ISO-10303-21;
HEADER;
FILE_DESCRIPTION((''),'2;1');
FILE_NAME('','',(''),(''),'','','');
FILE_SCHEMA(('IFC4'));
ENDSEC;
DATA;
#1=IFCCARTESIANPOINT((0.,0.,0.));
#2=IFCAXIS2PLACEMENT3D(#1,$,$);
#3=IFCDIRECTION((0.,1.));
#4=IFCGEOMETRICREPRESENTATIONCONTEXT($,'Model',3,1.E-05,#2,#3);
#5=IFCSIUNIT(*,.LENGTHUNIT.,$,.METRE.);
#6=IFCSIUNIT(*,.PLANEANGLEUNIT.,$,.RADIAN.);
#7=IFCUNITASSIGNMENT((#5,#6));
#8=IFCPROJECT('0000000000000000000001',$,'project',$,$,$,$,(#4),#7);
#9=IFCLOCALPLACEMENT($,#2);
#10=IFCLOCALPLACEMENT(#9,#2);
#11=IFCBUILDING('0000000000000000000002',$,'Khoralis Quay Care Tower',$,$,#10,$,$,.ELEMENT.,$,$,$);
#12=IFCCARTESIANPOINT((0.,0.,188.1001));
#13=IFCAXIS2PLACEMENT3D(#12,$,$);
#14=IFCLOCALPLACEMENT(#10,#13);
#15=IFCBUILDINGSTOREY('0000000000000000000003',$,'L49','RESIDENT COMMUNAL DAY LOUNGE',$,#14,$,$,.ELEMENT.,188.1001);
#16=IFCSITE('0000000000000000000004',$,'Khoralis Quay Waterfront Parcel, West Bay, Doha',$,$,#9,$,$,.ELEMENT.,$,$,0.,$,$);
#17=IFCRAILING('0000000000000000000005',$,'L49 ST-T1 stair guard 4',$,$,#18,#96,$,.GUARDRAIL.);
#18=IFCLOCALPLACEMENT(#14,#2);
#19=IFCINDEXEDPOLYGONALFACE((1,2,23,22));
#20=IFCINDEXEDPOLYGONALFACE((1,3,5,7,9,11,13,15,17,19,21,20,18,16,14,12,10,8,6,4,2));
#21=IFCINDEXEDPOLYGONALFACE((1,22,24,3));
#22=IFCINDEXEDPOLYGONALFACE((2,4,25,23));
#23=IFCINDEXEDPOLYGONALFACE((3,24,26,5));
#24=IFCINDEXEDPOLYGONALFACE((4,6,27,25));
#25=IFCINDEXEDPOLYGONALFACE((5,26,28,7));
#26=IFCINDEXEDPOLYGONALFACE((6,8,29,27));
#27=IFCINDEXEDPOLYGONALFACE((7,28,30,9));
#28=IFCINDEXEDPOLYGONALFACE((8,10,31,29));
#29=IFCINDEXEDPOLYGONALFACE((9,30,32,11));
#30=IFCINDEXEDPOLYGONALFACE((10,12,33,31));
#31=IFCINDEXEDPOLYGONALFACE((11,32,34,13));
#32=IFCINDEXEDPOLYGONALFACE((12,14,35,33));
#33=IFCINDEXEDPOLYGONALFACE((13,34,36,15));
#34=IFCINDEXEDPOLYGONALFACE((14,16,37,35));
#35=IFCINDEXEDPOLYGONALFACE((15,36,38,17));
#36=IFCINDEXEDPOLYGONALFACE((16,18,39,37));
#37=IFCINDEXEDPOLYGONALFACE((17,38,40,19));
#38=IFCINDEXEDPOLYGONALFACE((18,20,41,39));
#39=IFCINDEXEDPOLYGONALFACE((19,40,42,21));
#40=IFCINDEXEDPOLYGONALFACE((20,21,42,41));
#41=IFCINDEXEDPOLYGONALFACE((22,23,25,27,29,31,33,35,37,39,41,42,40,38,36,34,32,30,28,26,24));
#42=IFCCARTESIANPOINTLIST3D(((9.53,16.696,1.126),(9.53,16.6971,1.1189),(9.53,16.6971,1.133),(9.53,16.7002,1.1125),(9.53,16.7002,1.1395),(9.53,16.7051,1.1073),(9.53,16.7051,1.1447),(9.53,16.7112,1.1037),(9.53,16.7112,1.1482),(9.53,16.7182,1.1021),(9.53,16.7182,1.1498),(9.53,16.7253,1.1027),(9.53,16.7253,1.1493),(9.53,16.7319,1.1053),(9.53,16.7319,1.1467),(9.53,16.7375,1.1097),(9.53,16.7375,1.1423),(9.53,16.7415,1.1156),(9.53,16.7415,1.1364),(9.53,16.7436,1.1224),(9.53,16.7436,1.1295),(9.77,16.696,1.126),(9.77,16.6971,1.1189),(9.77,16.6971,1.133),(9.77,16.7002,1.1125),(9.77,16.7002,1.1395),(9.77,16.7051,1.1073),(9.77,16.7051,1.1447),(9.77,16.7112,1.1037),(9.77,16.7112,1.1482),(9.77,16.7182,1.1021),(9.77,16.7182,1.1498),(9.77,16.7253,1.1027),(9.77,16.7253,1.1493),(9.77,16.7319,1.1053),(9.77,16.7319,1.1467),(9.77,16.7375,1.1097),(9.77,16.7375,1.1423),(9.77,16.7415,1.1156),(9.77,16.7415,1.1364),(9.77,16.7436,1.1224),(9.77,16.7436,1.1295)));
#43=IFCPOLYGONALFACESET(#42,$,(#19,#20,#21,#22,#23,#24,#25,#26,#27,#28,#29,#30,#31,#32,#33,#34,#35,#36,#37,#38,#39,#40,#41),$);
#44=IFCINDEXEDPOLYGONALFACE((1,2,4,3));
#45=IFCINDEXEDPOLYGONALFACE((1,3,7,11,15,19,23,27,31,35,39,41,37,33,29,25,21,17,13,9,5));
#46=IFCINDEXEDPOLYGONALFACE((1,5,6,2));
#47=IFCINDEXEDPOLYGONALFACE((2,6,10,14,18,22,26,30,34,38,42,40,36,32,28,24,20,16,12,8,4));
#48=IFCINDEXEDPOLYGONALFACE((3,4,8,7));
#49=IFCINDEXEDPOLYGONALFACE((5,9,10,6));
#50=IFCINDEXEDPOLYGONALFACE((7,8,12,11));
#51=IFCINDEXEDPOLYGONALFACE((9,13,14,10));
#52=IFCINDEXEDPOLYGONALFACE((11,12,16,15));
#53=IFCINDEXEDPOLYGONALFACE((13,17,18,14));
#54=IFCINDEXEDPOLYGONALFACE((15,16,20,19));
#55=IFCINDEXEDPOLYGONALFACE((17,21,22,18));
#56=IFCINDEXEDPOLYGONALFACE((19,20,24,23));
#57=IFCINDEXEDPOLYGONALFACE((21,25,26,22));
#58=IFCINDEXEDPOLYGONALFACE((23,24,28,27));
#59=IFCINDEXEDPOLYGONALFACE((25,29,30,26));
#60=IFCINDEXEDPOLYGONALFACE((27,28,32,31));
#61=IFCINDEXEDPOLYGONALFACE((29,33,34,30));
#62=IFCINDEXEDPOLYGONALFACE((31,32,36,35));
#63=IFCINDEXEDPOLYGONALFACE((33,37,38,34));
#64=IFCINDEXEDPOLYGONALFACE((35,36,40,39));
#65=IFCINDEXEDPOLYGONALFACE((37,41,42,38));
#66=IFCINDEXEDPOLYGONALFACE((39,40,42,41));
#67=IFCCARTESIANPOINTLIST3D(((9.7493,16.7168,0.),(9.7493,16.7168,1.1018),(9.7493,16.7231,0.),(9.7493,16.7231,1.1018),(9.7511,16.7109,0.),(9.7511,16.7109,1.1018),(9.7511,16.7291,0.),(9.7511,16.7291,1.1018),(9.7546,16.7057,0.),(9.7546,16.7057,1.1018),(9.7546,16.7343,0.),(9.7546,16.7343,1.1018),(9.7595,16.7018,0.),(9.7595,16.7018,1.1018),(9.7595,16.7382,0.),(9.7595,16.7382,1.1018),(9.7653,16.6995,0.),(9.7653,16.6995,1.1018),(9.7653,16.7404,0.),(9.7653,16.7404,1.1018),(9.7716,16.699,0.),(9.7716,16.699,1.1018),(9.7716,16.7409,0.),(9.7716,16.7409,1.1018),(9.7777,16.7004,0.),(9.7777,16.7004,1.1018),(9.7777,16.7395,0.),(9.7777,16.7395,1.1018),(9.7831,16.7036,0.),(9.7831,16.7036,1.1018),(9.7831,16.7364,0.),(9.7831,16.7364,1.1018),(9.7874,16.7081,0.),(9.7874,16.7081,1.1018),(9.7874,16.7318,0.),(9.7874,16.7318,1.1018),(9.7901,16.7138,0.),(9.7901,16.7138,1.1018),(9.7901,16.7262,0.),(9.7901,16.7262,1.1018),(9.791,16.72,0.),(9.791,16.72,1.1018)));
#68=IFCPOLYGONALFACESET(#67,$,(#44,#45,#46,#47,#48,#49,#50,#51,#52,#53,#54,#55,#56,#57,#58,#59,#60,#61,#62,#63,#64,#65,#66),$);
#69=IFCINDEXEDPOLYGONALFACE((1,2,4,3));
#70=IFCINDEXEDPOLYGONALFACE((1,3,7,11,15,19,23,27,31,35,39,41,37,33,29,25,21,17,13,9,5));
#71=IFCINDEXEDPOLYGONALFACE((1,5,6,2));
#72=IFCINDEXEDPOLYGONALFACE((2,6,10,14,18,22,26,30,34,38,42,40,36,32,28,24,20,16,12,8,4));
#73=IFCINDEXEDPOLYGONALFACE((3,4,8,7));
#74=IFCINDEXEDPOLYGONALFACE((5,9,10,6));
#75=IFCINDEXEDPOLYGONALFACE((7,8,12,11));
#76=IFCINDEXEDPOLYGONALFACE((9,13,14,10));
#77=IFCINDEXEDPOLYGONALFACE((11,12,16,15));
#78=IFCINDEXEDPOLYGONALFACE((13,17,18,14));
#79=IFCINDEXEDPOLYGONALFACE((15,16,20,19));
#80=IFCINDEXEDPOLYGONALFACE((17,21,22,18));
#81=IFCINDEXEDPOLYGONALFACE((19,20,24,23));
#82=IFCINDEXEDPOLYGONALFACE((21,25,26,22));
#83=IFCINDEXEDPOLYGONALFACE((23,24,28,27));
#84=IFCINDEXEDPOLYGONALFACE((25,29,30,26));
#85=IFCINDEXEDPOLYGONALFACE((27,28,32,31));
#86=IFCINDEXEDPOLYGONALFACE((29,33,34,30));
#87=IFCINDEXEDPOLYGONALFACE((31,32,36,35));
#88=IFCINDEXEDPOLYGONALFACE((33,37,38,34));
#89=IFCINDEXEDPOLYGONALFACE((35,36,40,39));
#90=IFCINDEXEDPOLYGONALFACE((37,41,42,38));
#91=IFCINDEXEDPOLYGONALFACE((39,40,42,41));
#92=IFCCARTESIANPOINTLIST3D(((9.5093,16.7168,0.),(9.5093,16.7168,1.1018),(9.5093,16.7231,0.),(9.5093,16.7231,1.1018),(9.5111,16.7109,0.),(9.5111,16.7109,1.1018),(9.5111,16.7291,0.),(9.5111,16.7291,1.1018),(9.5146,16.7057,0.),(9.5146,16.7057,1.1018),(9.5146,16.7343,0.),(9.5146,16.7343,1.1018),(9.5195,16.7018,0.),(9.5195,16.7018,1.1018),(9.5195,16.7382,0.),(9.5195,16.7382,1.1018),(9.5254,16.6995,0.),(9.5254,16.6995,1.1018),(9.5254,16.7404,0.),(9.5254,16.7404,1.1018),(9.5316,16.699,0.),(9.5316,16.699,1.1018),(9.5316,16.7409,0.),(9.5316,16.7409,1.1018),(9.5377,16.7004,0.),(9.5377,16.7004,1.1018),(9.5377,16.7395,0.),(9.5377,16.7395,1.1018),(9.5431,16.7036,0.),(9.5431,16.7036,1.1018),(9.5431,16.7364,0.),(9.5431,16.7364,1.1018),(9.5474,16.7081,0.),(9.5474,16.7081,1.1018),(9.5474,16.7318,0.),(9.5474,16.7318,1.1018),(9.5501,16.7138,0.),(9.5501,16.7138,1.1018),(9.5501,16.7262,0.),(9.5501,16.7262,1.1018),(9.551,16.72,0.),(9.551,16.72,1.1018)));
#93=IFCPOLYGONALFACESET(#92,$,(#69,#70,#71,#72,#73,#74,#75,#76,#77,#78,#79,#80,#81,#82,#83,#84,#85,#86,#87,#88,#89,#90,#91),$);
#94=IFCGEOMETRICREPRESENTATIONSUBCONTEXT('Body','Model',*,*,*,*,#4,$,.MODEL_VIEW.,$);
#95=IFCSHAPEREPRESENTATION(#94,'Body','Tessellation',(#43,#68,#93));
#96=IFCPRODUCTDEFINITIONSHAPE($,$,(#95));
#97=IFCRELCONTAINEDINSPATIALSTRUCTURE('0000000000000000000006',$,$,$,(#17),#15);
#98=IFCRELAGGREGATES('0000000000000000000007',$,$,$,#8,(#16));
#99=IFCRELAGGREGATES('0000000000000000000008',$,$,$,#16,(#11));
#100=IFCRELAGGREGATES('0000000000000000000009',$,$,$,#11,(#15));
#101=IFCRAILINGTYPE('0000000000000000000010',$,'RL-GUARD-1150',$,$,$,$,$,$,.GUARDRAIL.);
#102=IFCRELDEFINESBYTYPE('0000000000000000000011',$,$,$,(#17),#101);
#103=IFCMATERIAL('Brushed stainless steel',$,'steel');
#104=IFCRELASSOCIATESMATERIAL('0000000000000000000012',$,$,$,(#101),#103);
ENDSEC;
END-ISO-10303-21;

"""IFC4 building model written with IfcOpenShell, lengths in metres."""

from ifc_helpers import new_model, si_unit, direction, frame, origin, origin_2d, place, context, subcontext, project, spatial, circle, extrude, material, type_object, element, save


model = new_model("IFC4")

# Units and contexts
model_context = context("Model", 3, precision=1e-05, world=origin(), true_north=direction((0.0, 1.0)))
body_context = subcontext(model_context, "Body", "Model", "MODEL_VIEW")
ifc_project = project(units=[si_unit("LENGTHUNIT", "METRE"), si_unit("PLANEANGLEUNIT", "RADIAN")], contexts=[model_context])

# Site, building, storey
site_placement = place(None, origin())
site = spatial("IfcSite", under=ifc_project, at=site_placement, Name="Khoralis Quay Waterfront Parcel, West Bay, Doha", CompositionType="ELEMENT", RefElevation=0.0)
building_placement = place(site_placement, origin())
building = spatial("IfcBuilding", under=site, at=building_placement, Name="Khoralis Quay Care Tower", CompositionType="ELEMENT")
storey_placement = place(building_placement, frame((0.0, 0.0, 188.1001)))
storey = spatial("IfcBuildingStorey", under=building, at=storey_placement, Name="L49", Description="RESIDENT COMMUNAL DAY LOUNGE", CompositionType="ELEMENT", Elevation=188.1001)

# Shared definitions
ifc_material_1 = material(Name="Brushed stainless steel", Category="steel")

# Railing
railing_type_1 = type_object("IfcRailingType", Name="RL-GUARD-1150", PredefinedType="GUARDRAIL", material=ifc_material_1)
railing_1_placement = place(storey_placement, frame((9.77, 16.72, 0.0)))
element("IfcRailing", 1, at=railing_1_placement, inside=storey, type_object=railing_type_1, Name="L49 ST-T1 stair guard 4", PredefinedType="GUARDRAIL", context=body_context, shape_type="SweptSolid", body=[
    extrude(circle(Radius=0.0239, at=origin_2d()), frame((0.0, 0.0, 1.126), z_axis=(-1.0, 0.0, 0.0), x_axis=(0.0, -1.0, 0.0)), (0.0, 0.0, 1.0), 0.24),
    extrude(circle(Radius=0.021, at=origin_2d()), origin(), (0.0, 0.0, 1.0), 1.1018),
    extrude(circle(Radius=0.021, at=origin_2d()), frame((-0.24, 0.0, 0.0)), (0.0, 0.0, 1.0), 1.1018),
])

save(model, "model.ifc")
